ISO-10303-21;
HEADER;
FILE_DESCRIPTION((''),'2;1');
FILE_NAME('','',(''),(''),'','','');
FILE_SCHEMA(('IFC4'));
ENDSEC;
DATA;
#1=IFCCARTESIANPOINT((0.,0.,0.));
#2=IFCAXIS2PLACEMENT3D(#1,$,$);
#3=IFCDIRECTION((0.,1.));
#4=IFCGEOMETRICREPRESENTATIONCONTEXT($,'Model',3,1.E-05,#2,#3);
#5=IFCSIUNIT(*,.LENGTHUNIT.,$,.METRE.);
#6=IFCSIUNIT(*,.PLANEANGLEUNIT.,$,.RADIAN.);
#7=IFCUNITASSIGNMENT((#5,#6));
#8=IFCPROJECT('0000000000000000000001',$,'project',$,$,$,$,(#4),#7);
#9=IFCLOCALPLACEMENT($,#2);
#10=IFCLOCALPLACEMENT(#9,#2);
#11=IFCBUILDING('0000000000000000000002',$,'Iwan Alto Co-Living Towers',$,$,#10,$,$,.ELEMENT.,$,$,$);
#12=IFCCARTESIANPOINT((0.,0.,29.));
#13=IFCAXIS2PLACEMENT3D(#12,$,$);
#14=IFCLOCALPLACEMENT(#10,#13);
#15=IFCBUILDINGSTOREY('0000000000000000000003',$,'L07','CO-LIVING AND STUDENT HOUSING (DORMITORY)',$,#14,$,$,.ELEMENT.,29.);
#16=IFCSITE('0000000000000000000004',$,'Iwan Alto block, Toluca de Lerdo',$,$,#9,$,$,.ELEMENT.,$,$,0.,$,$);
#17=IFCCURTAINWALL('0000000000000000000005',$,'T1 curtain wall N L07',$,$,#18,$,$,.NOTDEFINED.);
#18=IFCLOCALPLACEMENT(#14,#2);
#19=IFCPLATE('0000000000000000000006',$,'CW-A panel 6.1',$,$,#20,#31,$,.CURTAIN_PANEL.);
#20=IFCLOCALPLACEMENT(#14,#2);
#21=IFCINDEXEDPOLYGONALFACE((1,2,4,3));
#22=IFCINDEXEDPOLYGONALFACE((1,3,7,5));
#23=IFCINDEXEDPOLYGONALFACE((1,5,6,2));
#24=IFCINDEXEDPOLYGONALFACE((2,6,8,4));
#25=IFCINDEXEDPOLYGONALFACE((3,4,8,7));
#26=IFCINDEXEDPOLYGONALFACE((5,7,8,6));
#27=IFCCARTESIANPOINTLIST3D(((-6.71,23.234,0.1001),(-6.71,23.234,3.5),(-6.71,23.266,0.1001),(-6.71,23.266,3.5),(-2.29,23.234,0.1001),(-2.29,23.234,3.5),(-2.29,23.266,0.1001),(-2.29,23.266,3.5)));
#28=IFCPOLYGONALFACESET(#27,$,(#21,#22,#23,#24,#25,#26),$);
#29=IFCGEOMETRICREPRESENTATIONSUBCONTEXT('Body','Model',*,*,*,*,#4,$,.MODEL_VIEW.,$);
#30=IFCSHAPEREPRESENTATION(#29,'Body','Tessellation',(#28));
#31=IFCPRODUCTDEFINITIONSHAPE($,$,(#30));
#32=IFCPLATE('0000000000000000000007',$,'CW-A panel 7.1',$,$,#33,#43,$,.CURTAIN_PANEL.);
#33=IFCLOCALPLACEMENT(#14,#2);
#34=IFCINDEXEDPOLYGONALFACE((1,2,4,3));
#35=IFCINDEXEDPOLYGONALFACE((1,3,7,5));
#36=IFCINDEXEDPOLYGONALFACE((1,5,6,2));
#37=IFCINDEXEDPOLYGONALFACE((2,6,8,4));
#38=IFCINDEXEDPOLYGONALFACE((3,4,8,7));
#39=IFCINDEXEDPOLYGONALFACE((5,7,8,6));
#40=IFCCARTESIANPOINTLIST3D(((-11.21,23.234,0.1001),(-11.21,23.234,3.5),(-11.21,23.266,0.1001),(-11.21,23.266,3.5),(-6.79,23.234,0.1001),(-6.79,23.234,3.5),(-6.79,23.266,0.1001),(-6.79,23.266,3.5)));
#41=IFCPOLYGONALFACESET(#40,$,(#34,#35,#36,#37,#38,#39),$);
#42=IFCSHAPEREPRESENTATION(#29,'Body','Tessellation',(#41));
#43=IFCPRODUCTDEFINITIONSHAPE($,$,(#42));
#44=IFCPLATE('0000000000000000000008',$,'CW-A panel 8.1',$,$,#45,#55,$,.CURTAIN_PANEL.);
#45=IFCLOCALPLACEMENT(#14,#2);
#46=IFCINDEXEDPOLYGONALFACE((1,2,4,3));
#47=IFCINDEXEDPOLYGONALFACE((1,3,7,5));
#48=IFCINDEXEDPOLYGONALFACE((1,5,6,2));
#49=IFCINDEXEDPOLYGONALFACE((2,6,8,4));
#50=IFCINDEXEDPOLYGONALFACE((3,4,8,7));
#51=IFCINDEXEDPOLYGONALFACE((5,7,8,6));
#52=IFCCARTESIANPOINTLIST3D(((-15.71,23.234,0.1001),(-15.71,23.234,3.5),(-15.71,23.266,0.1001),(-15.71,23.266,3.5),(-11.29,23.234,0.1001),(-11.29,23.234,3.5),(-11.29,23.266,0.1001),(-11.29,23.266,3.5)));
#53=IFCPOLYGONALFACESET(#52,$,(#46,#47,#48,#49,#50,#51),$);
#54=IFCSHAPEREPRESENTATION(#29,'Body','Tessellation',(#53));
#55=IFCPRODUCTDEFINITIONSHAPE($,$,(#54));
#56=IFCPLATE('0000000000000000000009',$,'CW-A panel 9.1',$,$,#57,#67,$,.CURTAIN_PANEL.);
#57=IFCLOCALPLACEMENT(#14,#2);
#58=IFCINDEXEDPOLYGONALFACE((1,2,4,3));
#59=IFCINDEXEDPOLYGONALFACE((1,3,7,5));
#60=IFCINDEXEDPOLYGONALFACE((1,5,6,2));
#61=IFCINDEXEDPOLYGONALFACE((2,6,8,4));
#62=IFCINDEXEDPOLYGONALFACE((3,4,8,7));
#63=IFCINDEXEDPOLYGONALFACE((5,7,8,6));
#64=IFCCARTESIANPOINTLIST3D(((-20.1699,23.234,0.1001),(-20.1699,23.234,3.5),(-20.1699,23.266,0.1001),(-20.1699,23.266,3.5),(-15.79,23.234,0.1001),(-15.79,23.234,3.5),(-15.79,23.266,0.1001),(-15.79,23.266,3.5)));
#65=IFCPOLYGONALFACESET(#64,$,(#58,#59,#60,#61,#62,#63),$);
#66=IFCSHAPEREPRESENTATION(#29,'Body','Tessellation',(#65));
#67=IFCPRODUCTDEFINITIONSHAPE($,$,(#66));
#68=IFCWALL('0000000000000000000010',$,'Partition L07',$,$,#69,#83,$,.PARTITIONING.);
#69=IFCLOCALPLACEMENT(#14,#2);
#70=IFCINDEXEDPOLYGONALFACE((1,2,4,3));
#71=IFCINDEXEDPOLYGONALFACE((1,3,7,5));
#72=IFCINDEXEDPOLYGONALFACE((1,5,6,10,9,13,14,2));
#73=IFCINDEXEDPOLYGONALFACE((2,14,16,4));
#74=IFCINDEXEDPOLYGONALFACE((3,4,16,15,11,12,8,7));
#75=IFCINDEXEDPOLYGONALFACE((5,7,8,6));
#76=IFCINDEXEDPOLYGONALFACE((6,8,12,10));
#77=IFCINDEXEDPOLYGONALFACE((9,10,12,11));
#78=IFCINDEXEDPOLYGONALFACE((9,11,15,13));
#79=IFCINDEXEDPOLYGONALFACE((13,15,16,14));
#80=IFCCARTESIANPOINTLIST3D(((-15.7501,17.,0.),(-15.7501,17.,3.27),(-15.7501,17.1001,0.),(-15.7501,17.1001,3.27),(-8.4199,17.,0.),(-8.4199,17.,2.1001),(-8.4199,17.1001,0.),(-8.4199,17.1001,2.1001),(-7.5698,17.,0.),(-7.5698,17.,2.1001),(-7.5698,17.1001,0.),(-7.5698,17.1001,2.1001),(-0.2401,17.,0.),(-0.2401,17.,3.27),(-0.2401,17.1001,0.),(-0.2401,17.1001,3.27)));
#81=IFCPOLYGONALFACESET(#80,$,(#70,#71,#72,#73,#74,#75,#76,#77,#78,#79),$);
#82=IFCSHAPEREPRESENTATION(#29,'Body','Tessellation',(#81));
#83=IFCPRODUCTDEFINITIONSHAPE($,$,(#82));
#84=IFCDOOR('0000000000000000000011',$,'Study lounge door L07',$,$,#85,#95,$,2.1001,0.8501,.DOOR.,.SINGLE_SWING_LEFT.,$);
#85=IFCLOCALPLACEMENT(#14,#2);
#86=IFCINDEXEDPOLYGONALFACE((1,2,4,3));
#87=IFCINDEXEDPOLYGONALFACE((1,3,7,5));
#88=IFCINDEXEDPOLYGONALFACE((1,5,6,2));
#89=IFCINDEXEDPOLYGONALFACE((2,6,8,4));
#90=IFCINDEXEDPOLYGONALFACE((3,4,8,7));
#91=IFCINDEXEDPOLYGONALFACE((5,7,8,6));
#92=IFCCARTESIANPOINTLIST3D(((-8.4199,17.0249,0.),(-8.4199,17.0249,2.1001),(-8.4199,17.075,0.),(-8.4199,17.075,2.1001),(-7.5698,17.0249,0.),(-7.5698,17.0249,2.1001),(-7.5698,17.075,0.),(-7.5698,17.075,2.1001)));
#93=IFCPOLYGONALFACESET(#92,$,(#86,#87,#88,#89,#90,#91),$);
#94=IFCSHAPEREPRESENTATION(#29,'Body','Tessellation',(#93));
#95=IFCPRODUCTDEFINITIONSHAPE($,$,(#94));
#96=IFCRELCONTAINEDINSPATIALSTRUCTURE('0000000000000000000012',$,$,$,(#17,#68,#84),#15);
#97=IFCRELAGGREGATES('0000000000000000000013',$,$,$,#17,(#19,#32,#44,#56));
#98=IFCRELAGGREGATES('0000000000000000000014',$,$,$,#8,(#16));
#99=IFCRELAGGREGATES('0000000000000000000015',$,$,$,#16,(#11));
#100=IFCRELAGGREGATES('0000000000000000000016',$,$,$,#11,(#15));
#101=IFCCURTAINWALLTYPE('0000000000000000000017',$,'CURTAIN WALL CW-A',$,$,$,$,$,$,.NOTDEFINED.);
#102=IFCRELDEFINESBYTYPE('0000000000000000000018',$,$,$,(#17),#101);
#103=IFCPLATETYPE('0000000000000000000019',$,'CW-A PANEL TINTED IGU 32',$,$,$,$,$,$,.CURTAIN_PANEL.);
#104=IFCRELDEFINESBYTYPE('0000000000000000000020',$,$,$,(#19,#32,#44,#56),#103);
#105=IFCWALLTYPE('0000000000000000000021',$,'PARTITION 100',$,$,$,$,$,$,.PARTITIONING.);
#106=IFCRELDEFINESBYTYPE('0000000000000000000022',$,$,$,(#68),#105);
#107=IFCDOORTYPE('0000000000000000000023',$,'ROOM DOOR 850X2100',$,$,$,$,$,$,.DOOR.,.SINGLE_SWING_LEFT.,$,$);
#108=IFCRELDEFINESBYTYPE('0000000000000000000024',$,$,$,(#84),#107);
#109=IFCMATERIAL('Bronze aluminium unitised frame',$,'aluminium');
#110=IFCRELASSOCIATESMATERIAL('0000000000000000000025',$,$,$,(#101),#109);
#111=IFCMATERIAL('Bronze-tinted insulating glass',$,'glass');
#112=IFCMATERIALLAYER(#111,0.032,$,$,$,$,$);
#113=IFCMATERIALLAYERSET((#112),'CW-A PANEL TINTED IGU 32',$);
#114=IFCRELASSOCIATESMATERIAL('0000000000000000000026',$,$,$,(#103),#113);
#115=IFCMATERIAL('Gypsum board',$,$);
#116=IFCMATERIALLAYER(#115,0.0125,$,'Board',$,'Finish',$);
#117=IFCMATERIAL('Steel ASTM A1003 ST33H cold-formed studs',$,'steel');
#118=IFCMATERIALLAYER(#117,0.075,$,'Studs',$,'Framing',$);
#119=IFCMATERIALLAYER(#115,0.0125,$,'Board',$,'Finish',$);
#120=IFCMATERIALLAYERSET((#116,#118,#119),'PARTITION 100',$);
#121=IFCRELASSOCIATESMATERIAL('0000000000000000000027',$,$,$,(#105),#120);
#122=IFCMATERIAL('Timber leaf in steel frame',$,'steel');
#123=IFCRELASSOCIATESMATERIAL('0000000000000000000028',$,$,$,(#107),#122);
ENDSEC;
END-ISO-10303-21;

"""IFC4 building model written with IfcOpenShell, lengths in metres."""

from ifc_helpers import new_model, si_unit, direction, frame, frame_2d, origin, origin_2d, place, context, subcontext, project, spatial, rectangle, extrude, material, layer, layer_set, type_object, element, fill, aggregate, save


model = new_model("IFC4")

# Units and contexts
model_context = context("Model", 3, precision=1e-05, world=origin(), true_north=direction((0.0, 1.0)))
body_context = subcontext(model_context, "Body", "Model", "MODEL_VIEW")
ifc_project = project(units=[si_unit("LENGTHUNIT", "METRE"), si_unit("PLANEANGLEUNIT", "RADIAN")], contexts=[model_context])

# Site, building, storey
site_placement = place(None, origin())
site = spatial("IfcSite", under=ifc_project, at=site_placement, Name="Iwan Alto block, Toluca de Lerdo", CompositionType="ELEMENT", RefElevation=0.0)
building_placement = place(site_placement, origin())
building = spatial("IfcBuilding", under=site, at=building_placement, Name="Iwan Alto Co-Living Towers", CompositionType="ELEMENT")
storey_placement = place(building_placement, frame((0.0, 0.0, 29.0)))
storey = spatial("IfcBuildingStorey", under=building, at=storey_placement, Name="L07", Description="CO-LIVING AND STUDENT HOUSING (DORMITORY)", CompositionType="ELEMENT", Elevation=29.0)

# Curtain wall
ifc_material_1 = material(Name="Bronze aluminium unitised frame", Category="aluminium")
curtain_wall_type = type_object("IfcCurtainWallType", Name="CURTAIN WALL CW-A", PredefinedType="NOTDEFINED", material=ifc_material_1)
curtain_wall_placement = place(storey_placement, origin())
curtain_wall = element("IfcCurtainWall", 1, at=curtain_wall_placement, inside=storey, type_object=curtain_wall_type, Name="T1 curtain wall N L07", PredefinedType="NOTDEFINED")

# Plates
ifc_material_2 = material(Name="Bronze-tinted insulating glass", Category="glass")
ifc_layer_1 = layer(ifc_material_2, 0.032)
ifc_layer_set_1 = layer_set([ifc_layer_1], Name="CW-A PANEL TINTED IGU 32")
plate_type = type_object("IfcPlateType", Name="CW-A PANEL TINTED IGU 32", PredefinedType="CURTAIN_PANEL", material=ifc_layer_set_1)
plate_1_placement = place(storey_placement, frame((-4.5, 23.25, 0.1001), z_axis=(0.0, 0.0, 1.0), x_axis=(-1.0, 0.0, 0.0)))
plate_1 = element("IfcPlate", 2, at=plate_1_placement, type_object=plate_type, Name="CW-A panel 6.1", PredefinedType="CURTAIN_PANEL", context=body_context, shape_type="SweptSolid", body=[
    extrude(rectangle(XDim=4.4199, YDim=0.032, at=origin_2d()), origin(), (0.0, 0.0, 1.0), 3.3999),
])
plate_2_placement = place(storey_placement, frame((-9.0, 23.25, 0.1001), z_axis=(0.0, 0.0, 1.0), x_axis=(-1.0, 0.0, 0.0)))
plate_2 = element("IfcPlate", 3, at=plate_2_placement, type_object=plate_type, Name="CW-A panel 7.1", PredefinedType="CURTAIN_PANEL", context=body_context, shape_type="SweptSolid", body=[
    extrude(rectangle(XDim=4.4199, YDim=0.032, at=origin_2d()), origin(), (0.0, 0.0, 1.0), 3.3999),
])
plate_3_placement = place(storey_placement, frame((-13.5, 23.25, 0.1001), z_axis=(0.0, 0.0, 1.0), x_axis=(-1.0, 0.0, 0.0)))
plate_3 = element("IfcPlate", 4, at=plate_3_placement, type_object=plate_type, Name="CW-A panel 8.1", PredefinedType="CURTAIN_PANEL", context=body_context, shape_type="SweptSolid", body=[
    extrude(rectangle(XDim=4.4199, YDim=0.032, at=origin_2d()), origin(), (0.0, 0.0, 1.0), 3.3999),
])
plate_4_placement = place(storey_placement, frame((-17.98, 23.25, 0.1001), z_axis=(0.0, 0.0, 1.0), x_axis=(-1.0, 0.0, 0.0)))
plate_4 = element("IfcPlate", 5, at=plate_4_placement, type_object=plate_type, Name="CW-A panel 9.1", PredefinedType="CURTAIN_PANEL", context=body_context, shape_type="SweptSolid", body=[
    extrude(rectangle(XDim=4.3799, YDim=0.032, at=origin_2d()), origin(), (0.0, 0.0, 1.0), 3.3999),
])
aggregate(curtain_wall, [plate_1, plate_2, plate_3, plate_4])

# Wall, opening, door
ifc_material_3 = material(Name="Gypsum board")
ifc_layer_2 = layer(ifc_material_3, 0.0125, Name="Board", Category="Finish")
ifc_material_4 = material(Name="Steel ASTM A1003 ST33H cold-formed studs", Category="steel")
ifc_layer_3 = layer(ifc_material_4, 0.075, Name="Studs", Category="Framing")
ifc_layer_4 = layer(ifc_material_3, 0.0125, Name="Board", Category="Finish")
ifc_layer_set_2 = layer_set([ifc_layer_2, ifc_layer_3, ifc_layer_4], Name="PARTITION 100")
wall_type_1 = type_object("IfcWallType", Name="PARTITION 100", PredefinedType="PARTITIONING", material=ifc_layer_set_2)
wall_1_placement = place(storey_placement, frame((-15.75, 17.05, 0.0), z_axis=(0.0, 0.0, 1.0), x_axis=(1.0, 0.0, 0.0)))
wall_1 = element("IfcWall", 6, at=wall_1_placement, inside=storey, type_object=wall_type_1, Name="Partition L07", PredefinedType="PARTITIONING", context=body_context, shape_type="SweptSolid", body=[
    extrude(rectangle(XDim=15.51, YDim=0.1001, at=frame_2d((7.7549, 0.0))), origin(), (0.0, 0.0, 1.0), 3.27),
])
opening_1_placement = place(wall_1_placement, frame((7.3301, 0.0, 0.0)))
opening_1 = element("IfcOpeningElement", 7, at=opening_1_placement, cuts=wall_1, PredefinedType="OPENING", context=body_context, shape_type="SweptSolid", body=[
    extrude(rectangle(XDim=0.8501, YDim=2.1001, at=frame_2d((0.425, 1.05))), frame((0.0, 0.0601, 0.0), z_axis=(0.0, -1.0, 0.0), x_axis=(1.0, 0.0, 0.0)), (0.0, 0.0, 1.0), 0.1201),
])
ifc_material_5 = material(Name="Timber leaf in steel frame", Category="steel")
door_type_1 = type_object("IfcDoorType", Name="ROOM DOOR 850X2100", OperationType="SINGLE_SWING_LEFT", PredefinedType="DOOR", material=ifc_material_5)
door_1_placement = place(opening_1_placement, origin())
door_1 = element("IfcDoor", 8, at=door_1_placement, inside=storey, type_object=door_type_1, Name="Study lounge door L07", OperationType="SINGLE_SWING_LEFT", OverallHeight=2.1001, OverallWidth=0.8501, PredefinedType="DOOR", context=body_context, shape_type="SweptSolid", body=[
    extrude(rectangle(XDim=0.8501, YDim=2.1001, at=frame_2d((0.425, 1.05))), frame((0.0, 0.0249, 0.0), z_axis=(0.0, -1.0, 0.0), x_axis=(1.0, 0.0, 0.0)), (0.0, 0.0, 1.0), 0.05),
])
fill(opening_1, door_1)

save(model, "model.ifc")
